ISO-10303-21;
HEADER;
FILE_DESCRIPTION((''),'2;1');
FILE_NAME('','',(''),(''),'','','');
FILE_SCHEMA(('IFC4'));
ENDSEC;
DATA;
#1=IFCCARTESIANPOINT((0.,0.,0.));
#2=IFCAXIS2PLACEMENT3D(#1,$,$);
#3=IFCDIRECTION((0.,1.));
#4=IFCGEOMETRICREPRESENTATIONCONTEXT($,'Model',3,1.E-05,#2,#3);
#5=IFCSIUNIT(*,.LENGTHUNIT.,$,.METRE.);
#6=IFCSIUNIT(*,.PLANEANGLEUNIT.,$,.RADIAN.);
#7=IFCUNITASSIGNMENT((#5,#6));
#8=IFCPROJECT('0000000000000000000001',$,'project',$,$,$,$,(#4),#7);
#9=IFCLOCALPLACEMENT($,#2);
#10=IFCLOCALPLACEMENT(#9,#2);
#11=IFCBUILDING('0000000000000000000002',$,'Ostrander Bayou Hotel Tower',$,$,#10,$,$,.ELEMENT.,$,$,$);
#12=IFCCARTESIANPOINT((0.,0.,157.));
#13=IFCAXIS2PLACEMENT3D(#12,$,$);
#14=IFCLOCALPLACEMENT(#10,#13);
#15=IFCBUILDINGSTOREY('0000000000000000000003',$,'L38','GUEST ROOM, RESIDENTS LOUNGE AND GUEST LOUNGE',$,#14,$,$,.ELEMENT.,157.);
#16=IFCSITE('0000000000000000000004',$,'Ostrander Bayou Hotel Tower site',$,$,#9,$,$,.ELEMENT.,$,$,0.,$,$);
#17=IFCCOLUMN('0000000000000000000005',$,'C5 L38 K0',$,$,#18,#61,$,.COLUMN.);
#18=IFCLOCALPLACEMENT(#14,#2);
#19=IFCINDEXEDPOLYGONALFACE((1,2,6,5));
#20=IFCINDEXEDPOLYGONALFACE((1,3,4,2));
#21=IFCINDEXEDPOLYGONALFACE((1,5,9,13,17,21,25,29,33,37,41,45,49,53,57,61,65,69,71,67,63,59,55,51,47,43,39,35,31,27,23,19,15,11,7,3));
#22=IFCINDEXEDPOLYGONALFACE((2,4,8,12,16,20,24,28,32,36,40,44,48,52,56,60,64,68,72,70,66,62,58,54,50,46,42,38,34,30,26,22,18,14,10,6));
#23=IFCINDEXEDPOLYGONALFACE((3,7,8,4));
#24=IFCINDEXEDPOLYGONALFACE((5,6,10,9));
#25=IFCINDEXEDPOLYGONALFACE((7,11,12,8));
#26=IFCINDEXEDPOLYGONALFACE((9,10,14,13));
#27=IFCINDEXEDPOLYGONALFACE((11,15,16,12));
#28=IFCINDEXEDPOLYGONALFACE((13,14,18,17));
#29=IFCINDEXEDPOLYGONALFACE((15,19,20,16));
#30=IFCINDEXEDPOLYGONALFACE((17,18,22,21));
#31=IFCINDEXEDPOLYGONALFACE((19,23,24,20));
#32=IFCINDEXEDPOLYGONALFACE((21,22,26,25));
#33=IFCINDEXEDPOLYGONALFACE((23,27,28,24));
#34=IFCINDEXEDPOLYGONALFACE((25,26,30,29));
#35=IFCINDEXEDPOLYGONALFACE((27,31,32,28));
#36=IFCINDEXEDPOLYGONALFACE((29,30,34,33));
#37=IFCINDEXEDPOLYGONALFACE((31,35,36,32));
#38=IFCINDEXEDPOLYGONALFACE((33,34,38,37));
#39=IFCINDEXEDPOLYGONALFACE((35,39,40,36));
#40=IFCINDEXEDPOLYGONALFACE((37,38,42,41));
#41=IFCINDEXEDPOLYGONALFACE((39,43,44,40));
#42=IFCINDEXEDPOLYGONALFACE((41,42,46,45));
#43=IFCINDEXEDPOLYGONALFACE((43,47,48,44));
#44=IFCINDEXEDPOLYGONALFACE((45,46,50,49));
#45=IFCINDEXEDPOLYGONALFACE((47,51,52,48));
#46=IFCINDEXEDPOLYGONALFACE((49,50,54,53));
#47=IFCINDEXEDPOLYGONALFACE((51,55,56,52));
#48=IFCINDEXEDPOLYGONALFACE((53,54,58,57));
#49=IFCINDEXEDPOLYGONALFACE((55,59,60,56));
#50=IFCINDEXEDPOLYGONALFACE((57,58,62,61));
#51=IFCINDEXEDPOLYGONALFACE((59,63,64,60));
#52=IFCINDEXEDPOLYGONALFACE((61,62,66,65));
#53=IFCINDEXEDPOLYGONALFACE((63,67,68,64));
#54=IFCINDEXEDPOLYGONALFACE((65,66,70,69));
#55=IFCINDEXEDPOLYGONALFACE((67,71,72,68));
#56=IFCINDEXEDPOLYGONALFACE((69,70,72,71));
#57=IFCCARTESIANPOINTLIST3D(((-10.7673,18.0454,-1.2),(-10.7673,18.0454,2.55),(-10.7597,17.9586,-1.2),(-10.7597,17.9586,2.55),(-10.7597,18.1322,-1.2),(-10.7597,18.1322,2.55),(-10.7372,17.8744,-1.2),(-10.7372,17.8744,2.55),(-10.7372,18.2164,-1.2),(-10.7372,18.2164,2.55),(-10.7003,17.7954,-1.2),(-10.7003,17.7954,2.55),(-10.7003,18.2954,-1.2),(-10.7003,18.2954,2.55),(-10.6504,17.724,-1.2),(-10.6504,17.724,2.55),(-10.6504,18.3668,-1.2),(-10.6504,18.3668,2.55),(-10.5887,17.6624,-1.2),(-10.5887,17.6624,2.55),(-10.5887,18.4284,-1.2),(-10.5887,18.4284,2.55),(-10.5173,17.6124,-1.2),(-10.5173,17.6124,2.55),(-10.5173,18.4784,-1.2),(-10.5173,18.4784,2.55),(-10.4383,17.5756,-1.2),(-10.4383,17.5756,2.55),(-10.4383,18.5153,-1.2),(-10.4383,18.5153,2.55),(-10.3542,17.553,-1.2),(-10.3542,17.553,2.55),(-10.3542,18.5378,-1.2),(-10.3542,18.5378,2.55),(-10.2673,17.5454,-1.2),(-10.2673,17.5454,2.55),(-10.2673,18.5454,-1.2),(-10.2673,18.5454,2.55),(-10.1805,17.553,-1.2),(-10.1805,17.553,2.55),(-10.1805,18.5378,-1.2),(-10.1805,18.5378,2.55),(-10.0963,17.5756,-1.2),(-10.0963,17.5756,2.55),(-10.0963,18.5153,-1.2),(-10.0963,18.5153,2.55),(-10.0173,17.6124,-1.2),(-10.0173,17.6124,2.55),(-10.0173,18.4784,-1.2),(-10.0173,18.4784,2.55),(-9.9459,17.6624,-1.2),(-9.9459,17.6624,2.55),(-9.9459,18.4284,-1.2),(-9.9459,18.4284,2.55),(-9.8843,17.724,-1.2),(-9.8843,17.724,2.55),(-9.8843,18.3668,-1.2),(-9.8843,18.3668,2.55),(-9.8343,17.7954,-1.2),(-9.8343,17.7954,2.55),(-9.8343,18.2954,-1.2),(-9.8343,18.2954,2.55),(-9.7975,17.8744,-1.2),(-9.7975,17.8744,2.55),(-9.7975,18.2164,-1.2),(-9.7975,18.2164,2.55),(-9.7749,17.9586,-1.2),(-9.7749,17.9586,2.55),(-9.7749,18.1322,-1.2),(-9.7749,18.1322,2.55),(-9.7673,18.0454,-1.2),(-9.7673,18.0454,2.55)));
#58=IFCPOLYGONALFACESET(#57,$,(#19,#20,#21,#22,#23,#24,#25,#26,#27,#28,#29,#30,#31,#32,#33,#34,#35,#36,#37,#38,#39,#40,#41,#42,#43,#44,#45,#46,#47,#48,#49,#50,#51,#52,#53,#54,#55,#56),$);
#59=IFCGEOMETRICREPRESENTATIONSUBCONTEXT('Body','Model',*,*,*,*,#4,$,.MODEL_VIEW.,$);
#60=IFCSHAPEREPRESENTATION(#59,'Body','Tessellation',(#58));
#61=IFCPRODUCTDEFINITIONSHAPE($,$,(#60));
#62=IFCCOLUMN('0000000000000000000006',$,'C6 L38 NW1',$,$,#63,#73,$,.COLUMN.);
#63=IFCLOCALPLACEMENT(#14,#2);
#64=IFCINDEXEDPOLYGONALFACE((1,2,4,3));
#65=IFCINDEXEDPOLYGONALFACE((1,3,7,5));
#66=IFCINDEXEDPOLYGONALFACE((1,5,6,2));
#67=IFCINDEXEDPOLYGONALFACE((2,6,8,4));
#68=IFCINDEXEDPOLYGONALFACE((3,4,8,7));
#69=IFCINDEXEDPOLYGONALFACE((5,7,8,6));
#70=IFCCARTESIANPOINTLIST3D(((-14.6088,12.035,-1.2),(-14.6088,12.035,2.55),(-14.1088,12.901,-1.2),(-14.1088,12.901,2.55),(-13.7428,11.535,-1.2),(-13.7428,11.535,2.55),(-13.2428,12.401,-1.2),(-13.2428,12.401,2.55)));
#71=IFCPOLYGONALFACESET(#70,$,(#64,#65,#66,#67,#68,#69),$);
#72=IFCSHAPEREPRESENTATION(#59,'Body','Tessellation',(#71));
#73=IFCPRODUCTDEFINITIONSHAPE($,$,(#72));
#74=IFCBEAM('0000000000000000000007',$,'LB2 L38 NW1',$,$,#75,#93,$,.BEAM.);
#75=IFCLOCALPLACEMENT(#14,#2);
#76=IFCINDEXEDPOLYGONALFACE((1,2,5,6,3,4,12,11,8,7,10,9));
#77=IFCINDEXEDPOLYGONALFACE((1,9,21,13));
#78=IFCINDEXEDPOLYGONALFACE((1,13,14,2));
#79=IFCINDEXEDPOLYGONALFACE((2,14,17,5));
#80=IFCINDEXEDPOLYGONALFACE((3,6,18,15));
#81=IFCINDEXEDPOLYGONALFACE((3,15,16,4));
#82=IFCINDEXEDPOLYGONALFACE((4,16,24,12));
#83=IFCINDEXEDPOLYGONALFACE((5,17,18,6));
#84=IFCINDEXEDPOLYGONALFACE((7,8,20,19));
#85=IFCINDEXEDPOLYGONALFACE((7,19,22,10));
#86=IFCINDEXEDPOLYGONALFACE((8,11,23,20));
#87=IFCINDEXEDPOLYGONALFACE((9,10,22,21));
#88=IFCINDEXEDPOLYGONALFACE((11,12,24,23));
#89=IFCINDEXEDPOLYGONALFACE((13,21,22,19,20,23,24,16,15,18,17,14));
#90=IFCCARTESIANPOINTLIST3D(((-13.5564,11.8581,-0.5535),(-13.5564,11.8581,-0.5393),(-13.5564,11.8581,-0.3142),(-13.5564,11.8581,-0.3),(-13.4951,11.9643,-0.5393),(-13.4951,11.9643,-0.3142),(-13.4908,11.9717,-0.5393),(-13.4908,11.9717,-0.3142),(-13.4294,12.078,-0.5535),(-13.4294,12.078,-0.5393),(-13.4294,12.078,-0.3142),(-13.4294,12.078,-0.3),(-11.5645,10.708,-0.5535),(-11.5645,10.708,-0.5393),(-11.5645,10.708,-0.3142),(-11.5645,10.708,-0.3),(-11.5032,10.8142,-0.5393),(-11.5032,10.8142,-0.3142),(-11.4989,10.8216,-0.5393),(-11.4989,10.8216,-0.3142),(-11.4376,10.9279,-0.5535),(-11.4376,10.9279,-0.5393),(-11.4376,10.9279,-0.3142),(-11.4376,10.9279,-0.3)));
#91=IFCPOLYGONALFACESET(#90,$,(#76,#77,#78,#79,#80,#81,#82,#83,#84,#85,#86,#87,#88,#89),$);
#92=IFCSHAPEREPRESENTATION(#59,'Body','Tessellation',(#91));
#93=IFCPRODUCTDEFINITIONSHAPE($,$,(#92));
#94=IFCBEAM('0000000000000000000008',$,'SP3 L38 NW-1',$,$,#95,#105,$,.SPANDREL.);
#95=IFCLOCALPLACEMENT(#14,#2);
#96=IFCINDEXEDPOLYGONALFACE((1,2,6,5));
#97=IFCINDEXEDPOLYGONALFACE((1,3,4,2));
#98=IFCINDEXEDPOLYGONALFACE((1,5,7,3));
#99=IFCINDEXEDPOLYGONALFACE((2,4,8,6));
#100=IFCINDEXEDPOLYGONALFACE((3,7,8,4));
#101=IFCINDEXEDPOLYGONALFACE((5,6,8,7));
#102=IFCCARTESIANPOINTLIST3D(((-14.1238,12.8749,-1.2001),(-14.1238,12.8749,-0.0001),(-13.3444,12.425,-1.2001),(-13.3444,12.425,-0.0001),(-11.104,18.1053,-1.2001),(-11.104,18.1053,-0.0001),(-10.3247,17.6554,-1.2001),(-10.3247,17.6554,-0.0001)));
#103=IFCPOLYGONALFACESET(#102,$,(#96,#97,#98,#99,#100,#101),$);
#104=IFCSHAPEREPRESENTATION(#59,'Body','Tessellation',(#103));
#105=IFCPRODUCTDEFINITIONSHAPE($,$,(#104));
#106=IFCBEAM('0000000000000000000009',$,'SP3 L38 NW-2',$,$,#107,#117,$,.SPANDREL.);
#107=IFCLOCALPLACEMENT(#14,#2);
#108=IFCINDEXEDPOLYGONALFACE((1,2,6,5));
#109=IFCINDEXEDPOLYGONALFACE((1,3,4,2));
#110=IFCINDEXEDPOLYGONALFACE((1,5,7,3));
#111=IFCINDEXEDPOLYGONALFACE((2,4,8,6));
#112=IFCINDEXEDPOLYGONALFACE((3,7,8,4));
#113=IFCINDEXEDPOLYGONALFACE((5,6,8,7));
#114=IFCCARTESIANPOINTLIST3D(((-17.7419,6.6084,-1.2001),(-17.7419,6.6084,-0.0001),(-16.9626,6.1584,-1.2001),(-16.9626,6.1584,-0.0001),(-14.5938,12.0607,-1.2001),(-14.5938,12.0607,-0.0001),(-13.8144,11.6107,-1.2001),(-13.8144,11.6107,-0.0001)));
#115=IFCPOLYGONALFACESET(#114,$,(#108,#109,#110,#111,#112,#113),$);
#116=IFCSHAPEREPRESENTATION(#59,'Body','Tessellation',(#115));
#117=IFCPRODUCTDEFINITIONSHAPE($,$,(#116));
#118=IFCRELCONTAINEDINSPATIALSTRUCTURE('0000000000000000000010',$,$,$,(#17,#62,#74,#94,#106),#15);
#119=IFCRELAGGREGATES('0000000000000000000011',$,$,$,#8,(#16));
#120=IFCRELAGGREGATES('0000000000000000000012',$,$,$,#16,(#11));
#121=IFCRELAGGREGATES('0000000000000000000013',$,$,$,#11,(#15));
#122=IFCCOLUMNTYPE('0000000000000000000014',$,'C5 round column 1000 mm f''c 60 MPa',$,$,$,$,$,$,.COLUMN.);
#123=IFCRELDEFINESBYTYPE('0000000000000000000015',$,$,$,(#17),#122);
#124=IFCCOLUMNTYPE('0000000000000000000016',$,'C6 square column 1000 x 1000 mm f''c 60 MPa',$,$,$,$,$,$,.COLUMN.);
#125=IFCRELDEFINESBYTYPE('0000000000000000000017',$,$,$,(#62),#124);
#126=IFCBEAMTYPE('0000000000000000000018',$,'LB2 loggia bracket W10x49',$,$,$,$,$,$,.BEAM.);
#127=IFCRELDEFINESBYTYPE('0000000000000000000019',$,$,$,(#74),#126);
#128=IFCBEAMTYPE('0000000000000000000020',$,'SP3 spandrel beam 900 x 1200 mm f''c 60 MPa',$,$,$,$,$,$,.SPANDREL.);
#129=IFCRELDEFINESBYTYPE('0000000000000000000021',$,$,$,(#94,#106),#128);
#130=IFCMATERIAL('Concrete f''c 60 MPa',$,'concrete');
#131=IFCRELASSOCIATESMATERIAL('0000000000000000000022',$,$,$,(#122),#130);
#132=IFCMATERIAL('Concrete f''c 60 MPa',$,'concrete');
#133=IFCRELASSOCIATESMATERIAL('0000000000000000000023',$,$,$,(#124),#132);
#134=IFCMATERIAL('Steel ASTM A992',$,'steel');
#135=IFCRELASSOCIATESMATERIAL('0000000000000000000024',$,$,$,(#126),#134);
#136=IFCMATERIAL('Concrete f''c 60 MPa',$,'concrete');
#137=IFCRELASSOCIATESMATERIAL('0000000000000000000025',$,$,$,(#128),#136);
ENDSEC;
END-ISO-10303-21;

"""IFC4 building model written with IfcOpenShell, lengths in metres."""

from ifc_helpers import new_model, si_unit, direction, frame, origin, origin_2d, place, context, subcontext, project, spatial, rectangle, circle, i_section, extrude, material, material_profile, profile_set, type_object, element, save


model = new_model("IFC4")

# Units and contexts
model_context = context("Model", 3, precision=1e-05, world=origin(), true_north=direction((0.0, 1.0)))
body_context = subcontext(model_context, "Body", "Model", "MODEL_VIEW")
ifc_project = project(units=[si_unit("LENGTHUNIT", "METRE"), si_unit("PLANEANGLEUNIT", "RADIAN")], contexts=[model_context])

# Site, building, storey
site_placement = place(None, origin())
site = spatial("IfcSite", under=ifc_project, at=site_placement, Name="Ostrander Bayou Hotel Tower site", CompositionType="ELEMENT", RefElevation=0.0)
building_placement = place(site_placement, origin())
building = spatial("IfcBuilding", under=site, at=building_placement, Name="Ostrander Bayou Hotel Tower", CompositionType="ELEMENT")
storey_placement = place(building_placement, frame((0.0, 0.0, 157.0)))
storey = spatial("IfcBuildingStorey", under=building, at=storey_placement, Name="L38", Description="GUEST ROOM, RESIDENTS LOUNGE AND GUEST LOUNGE", CompositionType="ELEMENT", Elevation=157.0)

# Columns
ifc_material_1 = material(Name="Concrete f'c 60 MPa", Category="concrete")
ifc_material_profile_1 = material_profile(ifc_material_1, circle(Radius=0.5, at=origin_2d()))
ifc_profile_set_1 = profile_set([ifc_material_profile_1], Name="Concrete f'c 60 MPa")
column_type_1 = type_object("IfcColumnType", Name="C5 round column 1000 mm f'c 60 MPa", PredefinedType="COLUMN", material=ifc_profile_set_1)
column_1_placement = place(storey_placement, frame((-10.2673, 18.0454, -1.2), z_axis=(0.0, 0.0, 1.0), x_axis=(1.0, 0.0, 0.0)))
element("IfcColumn", 1, at=column_1_placement, inside=storey, type_object=column_type_1, Name="C5 L38 K0", PredefinedType="COLUMN", context=body_context, shape_type="SweptSolid", body=[
    extrude(circle(Radius=0.5, at=origin_2d()), origin(), (0.0, 0.0, 1.0), 3.75),
])
ifc_material_2 = material(Name="Concrete f'c 60 MPa", Category="concrete")
ifc_material_profile_2 = material_profile(ifc_material_2, rectangle(XDim=1.0, YDim=1.0, at=origin_2d()))
ifc_profile_set_2 = profile_set([ifc_material_profile_2], Name="Concrete f'c 60 MPa")
column_type_2 = type_object("IfcColumnType", Name="C6 square column 1000 x 1000 mm f'c 60 MPa", PredefinedType="COLUMN", material=ifc_profile_set_2)
column_2_placement = place(storey_placement, frame((-13.9258, 12.218, -1.2), z_axis=(0.0, 0.0, 1.0), x_axis=(0.5, 0.866025, 0.0)))
element("IfcColumn", 2, at=column_2_placement, inside=storey, type_object=column_type_2, Name="C6 L38 NW1", PredefinedType="COLUMN", context=body_context, shape_type="SweptSolid", body=[
    extrude(rectangle(XDim=1.0, YDim=1.0, at=origin_2d()), origin(), (0.0, 0.0, 1.0), 3.75),
])

# Beams
ifc_material_3 = material(Name="Steel ASTM A992", Category="steel")
ifc_material_profile_3 = material_profile(ifc_material_3, i_section(OverallWidth=0.2539, OverallDepth=0.2534, WebThickness=0.0085, FlangeThickness=0.0142, at=origin_2d()))
ifc_profile_set_3 = profile_set([ifc_material_profile_3], Name="Steel ASTM A992")
beam_type_1 = type_object("IfcBeamType", Name="LB2 loggia bracket W10x49", PredefinedType="BEAM", material=ifc_profile_set_3)
beam_1_placement = place(storey_placement, frame((-13.4929, 11.968, -0.4268), z_axis=(0.866007, -0.500032, 0.0), x_axis=(0.500032, 0.866007, 0.0)))
element("IfcBeam", 3, at=beam_1_placement, inside=storey, type_object=beam_type_1, Name="LB2 L38 NW1", PredefinedType="BEAM", context=body_context, shape_type="SweptSolid", body=[
    extrude(i_section(OverallWidth=0.2539, OverallDepth=0.2534, WebThickness=0.0085, FlangeThickness=0.0142, at=origin_2d()), origin(), (0.0, 0.0, 1.0), 2.3),
])
ifc_material_4 = material(Name="Concrete f'c 60 MPa", Category="concrete")
ifc_material_profile_4 = material_profile(ifc_material_4, rectangle(XDim=0.8999, YDim=1.2, at=origin_2d()))
ifc_profile_set_4 = profile_set([ifc_material_profile_4], Name="Concrete f'c 60 MPa")
beam_type_2 = type_object("IfcBeamType", Name="SP3 spandrel beam 900 x 1200 mm f'c 60 MPa", PredefinedType="SPANDREL", material=ifc_profile_set_4)
beam_2_placement = place(storey_placement, frame((-10.7144, 17.8804, -0.6001), z_axis=(-0.499995, -0.866028, 0.0), x_axis=(0.866028, -0.499995, 0.0)))
element("IfcBeam", 4, at=beam_2_placement, inside=storey, type_object=beam_type_2, Name="SP3 L38 NW-1", PredefinedType="SPANDREL", context=body_context, shape_type="SweptSolid", body=[
    extrude(rectangle(XDim=0.8999, YDim=1.2, at=origin_2d()), origin(), (0.0, 0.0, 1.0), 6.0396),
])
beam_3_placement = place(storey_placement, frame((-14.2041, 11.8357, -0.6001), z_axis=(-0.50003, -0.866008, 0.0), x_axis=(0.866008, -0.50003, 0.0)))
element("IfcBeam", 5, at=beam_3_placement, inside=storey, type_object=beam_type_2, Name="SP3 L38 NW-2", PredefinedType="SPANDREL", context=body_context, shape_type="SweptSolid", body=[
    extrude(rectangle(XDim=0.8999, YDim=1.2, at=origin_2d()), origin(), (0.0, 0.0, 1.0), 6.2959),
])

save(model, "model.ifc")
